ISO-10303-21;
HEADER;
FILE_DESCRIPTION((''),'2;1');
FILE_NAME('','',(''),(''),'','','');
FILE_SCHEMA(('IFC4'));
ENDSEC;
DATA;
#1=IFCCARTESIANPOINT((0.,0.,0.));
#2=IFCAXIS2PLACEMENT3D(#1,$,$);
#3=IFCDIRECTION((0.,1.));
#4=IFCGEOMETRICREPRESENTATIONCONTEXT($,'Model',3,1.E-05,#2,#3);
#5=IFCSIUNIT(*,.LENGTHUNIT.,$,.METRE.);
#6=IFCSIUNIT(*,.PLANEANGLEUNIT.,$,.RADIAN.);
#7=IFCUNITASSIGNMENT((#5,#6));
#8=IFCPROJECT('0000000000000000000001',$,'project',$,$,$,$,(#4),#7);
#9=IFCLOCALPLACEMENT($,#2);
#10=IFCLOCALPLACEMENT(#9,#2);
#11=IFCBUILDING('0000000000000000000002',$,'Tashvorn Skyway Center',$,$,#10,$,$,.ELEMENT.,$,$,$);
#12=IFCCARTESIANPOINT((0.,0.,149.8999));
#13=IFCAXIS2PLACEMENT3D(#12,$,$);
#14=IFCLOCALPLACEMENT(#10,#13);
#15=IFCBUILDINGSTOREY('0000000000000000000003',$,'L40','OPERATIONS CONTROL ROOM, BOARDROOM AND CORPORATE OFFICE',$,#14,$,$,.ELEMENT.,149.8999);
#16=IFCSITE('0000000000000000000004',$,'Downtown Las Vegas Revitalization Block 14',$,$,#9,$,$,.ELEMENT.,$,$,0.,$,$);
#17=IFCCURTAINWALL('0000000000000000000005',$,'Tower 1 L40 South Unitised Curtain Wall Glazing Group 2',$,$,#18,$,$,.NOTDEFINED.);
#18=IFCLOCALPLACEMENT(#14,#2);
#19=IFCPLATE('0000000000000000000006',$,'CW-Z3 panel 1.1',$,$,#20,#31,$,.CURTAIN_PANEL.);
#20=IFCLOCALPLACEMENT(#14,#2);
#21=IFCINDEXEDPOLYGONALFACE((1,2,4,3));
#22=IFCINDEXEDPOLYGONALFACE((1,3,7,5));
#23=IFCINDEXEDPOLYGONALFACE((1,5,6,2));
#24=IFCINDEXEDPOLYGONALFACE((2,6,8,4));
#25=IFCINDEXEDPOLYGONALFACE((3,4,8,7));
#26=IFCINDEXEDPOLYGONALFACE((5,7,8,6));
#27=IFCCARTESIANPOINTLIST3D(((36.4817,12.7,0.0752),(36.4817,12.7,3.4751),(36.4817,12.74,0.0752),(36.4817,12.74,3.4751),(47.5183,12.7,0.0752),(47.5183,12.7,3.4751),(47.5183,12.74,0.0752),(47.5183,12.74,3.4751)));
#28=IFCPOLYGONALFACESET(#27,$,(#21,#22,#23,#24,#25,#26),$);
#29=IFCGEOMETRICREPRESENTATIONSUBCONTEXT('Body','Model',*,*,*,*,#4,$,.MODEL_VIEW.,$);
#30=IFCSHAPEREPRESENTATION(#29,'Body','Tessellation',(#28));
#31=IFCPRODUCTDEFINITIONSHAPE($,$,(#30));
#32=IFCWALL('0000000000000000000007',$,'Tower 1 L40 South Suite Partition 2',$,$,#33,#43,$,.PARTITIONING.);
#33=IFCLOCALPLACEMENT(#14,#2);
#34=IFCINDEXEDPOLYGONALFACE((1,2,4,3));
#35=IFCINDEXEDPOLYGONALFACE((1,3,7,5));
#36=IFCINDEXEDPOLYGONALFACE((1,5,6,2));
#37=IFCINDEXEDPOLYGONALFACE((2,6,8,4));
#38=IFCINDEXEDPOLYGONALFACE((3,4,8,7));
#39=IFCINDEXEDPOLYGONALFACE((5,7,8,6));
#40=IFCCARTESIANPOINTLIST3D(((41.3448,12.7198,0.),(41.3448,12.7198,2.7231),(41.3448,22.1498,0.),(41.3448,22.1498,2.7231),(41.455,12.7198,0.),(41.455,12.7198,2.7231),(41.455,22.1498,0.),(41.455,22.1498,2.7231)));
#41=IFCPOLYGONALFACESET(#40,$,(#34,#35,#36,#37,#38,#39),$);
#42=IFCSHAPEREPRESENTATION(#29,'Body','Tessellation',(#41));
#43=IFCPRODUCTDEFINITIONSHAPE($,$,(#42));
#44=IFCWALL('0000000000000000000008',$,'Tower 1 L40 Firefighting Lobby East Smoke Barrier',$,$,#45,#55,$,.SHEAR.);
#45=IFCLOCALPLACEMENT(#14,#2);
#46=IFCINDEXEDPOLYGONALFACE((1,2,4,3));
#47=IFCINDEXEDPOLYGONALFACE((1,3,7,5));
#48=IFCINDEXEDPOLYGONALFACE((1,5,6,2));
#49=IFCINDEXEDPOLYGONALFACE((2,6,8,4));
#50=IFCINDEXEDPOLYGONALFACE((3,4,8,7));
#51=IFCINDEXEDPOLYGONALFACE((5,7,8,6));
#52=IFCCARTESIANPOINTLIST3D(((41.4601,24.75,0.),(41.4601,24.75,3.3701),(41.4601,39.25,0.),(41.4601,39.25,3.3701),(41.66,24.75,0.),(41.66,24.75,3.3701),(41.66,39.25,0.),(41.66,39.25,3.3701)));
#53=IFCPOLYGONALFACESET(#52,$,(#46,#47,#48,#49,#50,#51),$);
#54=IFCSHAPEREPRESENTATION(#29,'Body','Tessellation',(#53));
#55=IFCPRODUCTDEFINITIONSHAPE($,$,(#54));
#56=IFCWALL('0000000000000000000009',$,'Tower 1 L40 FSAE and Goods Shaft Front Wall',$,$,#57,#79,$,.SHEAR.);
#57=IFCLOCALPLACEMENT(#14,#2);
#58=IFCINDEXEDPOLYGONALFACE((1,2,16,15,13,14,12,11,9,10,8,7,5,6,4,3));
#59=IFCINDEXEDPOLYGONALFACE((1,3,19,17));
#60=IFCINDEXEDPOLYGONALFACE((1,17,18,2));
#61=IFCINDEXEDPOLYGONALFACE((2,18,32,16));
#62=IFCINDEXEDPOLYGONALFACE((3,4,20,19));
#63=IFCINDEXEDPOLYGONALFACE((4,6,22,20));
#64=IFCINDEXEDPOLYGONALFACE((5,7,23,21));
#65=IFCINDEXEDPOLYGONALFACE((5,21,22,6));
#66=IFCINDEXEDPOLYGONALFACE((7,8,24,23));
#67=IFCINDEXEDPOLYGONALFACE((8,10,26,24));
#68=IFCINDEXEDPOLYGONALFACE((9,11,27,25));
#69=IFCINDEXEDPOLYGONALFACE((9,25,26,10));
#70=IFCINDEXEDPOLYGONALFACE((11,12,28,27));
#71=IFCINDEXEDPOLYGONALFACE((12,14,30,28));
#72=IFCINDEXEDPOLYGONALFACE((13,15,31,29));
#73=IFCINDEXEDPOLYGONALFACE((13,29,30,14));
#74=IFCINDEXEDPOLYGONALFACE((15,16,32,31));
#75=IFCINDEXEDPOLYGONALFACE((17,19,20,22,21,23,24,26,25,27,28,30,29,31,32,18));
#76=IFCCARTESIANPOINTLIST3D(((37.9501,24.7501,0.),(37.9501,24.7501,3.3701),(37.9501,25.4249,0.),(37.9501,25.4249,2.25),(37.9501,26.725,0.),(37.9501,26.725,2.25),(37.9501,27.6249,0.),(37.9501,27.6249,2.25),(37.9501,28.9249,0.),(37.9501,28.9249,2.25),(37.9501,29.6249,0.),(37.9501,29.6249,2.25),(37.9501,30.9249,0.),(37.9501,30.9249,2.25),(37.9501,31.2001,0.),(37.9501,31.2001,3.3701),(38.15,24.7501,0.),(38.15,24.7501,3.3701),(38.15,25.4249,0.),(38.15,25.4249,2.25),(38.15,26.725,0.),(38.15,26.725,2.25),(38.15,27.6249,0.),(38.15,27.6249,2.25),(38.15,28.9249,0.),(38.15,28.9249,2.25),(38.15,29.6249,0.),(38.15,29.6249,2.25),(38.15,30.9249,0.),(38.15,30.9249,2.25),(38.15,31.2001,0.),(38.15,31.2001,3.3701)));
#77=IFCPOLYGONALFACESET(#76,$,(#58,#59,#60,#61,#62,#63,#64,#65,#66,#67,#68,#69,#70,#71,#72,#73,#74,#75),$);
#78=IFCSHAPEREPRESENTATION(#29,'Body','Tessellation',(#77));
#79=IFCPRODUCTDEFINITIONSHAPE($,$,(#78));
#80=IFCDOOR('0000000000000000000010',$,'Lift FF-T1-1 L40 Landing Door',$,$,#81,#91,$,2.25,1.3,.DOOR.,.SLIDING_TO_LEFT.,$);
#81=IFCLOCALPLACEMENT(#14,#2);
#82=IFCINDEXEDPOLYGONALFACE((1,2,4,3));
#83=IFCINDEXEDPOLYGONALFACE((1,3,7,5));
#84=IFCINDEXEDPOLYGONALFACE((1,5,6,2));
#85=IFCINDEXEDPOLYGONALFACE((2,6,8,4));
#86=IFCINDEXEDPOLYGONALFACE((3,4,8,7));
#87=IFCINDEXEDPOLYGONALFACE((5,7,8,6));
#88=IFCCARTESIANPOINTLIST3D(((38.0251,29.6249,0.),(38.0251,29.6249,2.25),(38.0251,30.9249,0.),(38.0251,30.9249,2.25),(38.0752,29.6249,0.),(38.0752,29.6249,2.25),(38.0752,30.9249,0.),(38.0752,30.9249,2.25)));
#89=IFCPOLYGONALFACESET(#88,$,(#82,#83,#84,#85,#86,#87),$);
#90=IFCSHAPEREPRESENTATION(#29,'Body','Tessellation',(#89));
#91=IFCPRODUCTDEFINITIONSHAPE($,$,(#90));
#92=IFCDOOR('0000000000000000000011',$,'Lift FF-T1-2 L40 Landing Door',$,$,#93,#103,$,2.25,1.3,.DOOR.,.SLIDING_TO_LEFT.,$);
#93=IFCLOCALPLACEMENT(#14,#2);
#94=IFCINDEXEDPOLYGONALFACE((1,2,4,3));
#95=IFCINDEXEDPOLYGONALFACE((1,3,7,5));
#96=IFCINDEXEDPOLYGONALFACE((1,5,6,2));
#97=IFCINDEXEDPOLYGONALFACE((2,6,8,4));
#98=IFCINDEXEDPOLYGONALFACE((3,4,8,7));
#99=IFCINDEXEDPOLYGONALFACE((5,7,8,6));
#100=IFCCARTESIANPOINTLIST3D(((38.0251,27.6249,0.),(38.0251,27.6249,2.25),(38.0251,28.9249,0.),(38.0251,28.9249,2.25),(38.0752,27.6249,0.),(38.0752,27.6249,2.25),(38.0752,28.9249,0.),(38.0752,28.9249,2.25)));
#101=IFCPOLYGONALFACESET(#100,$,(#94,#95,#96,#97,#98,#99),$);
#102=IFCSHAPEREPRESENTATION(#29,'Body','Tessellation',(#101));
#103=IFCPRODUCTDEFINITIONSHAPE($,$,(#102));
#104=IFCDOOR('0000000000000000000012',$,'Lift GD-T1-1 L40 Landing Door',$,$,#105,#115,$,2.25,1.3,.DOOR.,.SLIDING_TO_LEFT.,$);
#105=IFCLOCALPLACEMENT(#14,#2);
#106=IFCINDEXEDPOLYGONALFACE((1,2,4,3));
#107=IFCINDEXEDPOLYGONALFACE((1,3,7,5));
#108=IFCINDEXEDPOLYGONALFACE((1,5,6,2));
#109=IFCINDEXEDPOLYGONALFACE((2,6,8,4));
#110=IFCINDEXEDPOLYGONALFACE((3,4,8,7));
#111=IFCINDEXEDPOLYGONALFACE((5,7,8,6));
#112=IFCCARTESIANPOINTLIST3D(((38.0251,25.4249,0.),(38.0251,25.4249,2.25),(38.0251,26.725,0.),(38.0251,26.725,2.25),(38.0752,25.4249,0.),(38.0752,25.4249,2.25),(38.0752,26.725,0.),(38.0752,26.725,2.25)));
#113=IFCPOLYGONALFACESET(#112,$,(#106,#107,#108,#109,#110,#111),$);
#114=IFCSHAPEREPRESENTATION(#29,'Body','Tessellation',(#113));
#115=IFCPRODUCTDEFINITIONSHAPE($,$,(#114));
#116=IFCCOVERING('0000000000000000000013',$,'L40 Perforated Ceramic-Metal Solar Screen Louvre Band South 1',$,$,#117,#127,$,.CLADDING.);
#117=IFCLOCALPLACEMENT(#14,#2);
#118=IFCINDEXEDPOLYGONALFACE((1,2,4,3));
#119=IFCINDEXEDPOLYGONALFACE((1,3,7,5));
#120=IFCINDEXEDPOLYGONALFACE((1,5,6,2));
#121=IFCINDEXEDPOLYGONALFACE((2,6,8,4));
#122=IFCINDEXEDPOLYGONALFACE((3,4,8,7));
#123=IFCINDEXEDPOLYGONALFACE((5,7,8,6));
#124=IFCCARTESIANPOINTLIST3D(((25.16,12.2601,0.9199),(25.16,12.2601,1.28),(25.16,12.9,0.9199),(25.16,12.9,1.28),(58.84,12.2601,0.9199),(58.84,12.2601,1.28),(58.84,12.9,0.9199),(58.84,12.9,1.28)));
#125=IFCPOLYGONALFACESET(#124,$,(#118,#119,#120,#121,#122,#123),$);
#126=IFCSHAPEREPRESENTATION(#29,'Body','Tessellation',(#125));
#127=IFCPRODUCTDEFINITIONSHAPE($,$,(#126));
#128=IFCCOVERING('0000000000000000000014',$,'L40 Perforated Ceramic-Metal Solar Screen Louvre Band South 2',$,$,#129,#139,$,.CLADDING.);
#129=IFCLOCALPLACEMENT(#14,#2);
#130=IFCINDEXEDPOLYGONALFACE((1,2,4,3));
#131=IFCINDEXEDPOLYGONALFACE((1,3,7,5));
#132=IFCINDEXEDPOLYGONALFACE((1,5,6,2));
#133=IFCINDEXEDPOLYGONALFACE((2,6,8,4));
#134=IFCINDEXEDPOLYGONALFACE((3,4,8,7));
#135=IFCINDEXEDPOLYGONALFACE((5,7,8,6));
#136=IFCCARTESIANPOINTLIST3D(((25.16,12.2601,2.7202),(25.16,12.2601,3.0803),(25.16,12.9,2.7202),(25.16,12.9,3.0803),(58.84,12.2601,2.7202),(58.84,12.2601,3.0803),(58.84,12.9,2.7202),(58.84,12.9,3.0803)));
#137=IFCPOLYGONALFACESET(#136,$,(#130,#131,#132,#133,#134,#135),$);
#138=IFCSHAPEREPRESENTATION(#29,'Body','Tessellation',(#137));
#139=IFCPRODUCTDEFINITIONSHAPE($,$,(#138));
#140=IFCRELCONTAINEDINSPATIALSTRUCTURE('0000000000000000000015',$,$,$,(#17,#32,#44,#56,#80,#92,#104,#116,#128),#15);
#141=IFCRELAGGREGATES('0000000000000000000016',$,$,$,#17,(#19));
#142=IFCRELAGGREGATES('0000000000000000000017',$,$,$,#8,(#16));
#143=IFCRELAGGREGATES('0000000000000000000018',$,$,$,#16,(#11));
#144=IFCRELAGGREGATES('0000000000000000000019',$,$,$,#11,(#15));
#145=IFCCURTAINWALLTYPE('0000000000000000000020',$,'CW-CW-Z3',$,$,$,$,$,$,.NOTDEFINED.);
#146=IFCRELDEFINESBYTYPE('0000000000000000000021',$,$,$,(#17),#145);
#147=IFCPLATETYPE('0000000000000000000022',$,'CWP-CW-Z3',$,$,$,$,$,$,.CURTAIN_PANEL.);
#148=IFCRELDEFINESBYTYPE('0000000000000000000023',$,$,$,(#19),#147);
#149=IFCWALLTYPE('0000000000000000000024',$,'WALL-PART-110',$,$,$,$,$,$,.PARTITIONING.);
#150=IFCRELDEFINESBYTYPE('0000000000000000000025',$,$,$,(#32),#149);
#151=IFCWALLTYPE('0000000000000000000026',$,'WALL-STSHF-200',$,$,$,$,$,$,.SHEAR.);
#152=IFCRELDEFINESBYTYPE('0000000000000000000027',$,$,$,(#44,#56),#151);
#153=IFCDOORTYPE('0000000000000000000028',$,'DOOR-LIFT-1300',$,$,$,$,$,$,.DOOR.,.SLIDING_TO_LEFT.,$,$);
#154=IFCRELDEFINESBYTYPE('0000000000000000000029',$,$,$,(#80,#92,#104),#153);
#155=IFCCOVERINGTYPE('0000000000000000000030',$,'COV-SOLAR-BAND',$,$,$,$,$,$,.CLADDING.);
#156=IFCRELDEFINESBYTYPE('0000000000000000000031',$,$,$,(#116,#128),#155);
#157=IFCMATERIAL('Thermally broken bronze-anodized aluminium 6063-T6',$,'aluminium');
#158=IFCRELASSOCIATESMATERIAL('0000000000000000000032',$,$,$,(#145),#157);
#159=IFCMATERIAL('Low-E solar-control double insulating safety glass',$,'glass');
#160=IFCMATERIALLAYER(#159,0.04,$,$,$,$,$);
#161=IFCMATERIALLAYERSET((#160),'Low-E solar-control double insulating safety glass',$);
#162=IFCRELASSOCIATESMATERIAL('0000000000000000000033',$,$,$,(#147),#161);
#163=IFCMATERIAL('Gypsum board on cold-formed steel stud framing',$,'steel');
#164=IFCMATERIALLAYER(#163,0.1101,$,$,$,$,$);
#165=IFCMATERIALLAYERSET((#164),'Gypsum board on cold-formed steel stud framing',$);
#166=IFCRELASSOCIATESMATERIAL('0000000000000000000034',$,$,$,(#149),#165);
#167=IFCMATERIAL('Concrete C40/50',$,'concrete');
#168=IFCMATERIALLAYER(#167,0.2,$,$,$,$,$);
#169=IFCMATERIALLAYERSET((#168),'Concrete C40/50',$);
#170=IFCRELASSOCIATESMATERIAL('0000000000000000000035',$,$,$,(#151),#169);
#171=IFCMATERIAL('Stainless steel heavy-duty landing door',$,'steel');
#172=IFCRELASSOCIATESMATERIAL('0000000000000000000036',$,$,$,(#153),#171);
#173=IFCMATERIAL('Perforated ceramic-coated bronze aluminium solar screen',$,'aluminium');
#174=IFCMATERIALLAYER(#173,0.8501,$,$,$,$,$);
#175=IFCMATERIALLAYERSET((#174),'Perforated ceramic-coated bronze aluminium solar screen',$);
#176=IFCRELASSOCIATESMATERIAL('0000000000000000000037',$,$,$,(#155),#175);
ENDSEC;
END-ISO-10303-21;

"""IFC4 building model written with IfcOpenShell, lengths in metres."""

from ifc_helpers import new_model, si_unit, direction, frame, frame_2d, origin, origin_2d, place, context, subcontext, project, spatial, rectangle, extrude, material, layer, layer_set, type_object, element, fill, aggregate, save


model = new_model("IFC4")

# Units and contexts
model_context = context("Model", 3, precision=1e-05, world=origin(), true_north=direction((0.0, 1.0)))
body_context = subcontext(model_context, "Body", "Model", "MODEL_VIEW")
ifc_project = project(units=[si_unit("LENGTHUNIT", "METRE"), si_unit("PLANEANGLEUNIT", "RADIAN")], contexts=[model_context])

# Site, building, storey
site_placement = place(None, origin())
site = spatial("IfcSite", under=ifc_project, at=site_placement, Name="Downtown Las Vegas Revitalization Block 14", CompositionType="ELEMENT", RefElevation=0.0)
building_placement = place(site_placement, origin())
building = spatial("IfcBuilding", under=site, at=building_placement, Name="Tashvorn Skyway Center", CompositionType="ELEMENT")
storey_placement = place(building_placement, frame((0.0, 0.0, 149.8999)))
storey = spatial("IfcBuildingStorey", under=building, at=storey_placement, Name="L40", Description="OPERATIONS CONTROL ROOM, BOARDROOM AND CORPORATE OFFICE", CompositionType="ELEMENT", Elevation=149.8999)

# Curtain wall, plate
ifc_material_1 = material(Name="Thermally broken bronze-anodized aluminium 6063-T6", Category="aluminium")
curtain_wall_type = type_object("IfcCurtainWallType", Name="CW-CW-Z3", PredefinedType="NOTDEFINED", material=ifc_material_1)
curtain_wall_placement = place(storey_placement, origin())
curtain_wall = element("IfcCurtainWall", 1, at=curtain_wall_placement, inside=storey, type_object=curtain_wall_type, Name="Tower 1 L40 South Unitised Curtain Wall Glazing Group 2", PredefinedType="NOTDEFINED")
ifc_material_2 = material(Name="Low-E solar-control double insulating safety glass", Category="glass")
ifc_layer_1 = layer(ifc_material_2, 0.04)
ifc_layer_set_1 = layer_set([ifc_layer_1], Name="Low-E solar-control double insulating safety glass")
plate_type = type_object("IfcPlateType", Name="CWP-CW-Z3", PredefinedType="CURTAIN_PANEL", material=ifc_layer_set_1)
plate_placement = place(storey_placement, frame((42.0, 12.72, 0.0752), z_axis=(0.0, 0.0, 1.0), x_axis=(-1.0, 0.0, 0.0)))
plate = element("IfcPlate", 2, at=plate_placement, type_object=plate_type, Name="CW-Z3 panel 1.1", PredefinedType="CURTAIN_PANEL", context=body_context, shape_type="SweptSolid", body=[
    extrude(rectangle(XDim=11.0366, YDim=0.04, at=origin_2d()), origin(), (0.0, 0.0, 1.0), 3.3999),
])
aggregate(curtain_wall, [plate])

# Walls
ifc_material_3 = material(Name="Gypsum board on cold-formed steel stud framing", Category="steel")
ifc_layer_2 = layer(ifc_material_3, 0.1101)
ifc_layer_set_2 = layer_set([ifc_layer_2], Name="Gypsum board on cold-formed steel stud framing")
wall_type_1 = type_object("IfcWallType", Name="WALL-PART-110", PredefinedType="PARTITIONING", material=ifc_layer_set_2)
wall_1_placement = place(storey_placement, frame((41.3999, 12.72, 0.0), z_axis=(0.0, 0.0, 1.0), x_axis=(0.0, 1.0, 0.0)))
element("IfcWall", 3, at=wall_1_placement, inside=storey, type_object=wall_type_1, Name="Tower 1 L40 South Suite Partition 2", PredefinedType="PARTITIONING", context=body_context, shape_type="SweptSolid", body=[
    extrude(rectangle(XDim=9.4299, YDim=0.1101, at=frame_2d((4.7148, 0.0))), origin(), (0.0, 0.0, 1.0), 2.7231),
])
ifc_material_4 = material(Name="Concrete C40/50", Category="concrete")
ifc_layer_3 = layer(ifc_material_4, 0.2)
ifc_layer_set_3 = layer_set([ifc_layer_3], Name="Concrete C40/50")
wall_type_2 = type_object("IfcWallType", Name="WALL-STSHF-200", PredefinedType="SHEAR", material=ifc_layer_set_3)
wall_2_placement = place(storey_placement, frame((41.5601, 24.75, 0.0), z_axis=(0.0, 0.0, 1.0), x_axis=(0.0, 1.0, 0.0)))
element("IfcWall", 4, at=wall_2_placement, inside=storey, type_object=wall_type_2, Name="Tower 1 L40 Firefighting Lobby East Smoke Barrier", PredefinedType="SHEAR", context=body_context, shape_type="SweptSolid", body=[
    extrude(rectangle(XDim=14.5, YDim=0.2, at=frame_2d((7.25, 0.0))), origin(), (0.0, 0.0, 1.0), 3.3701),
])

# Wall, openings, doors
wall_3_placement = place(storey_placement, frame((38.05, 24.75, 0.0), z_axis=(0.0, 0.0, 1.0), x_axis=(0.0, 1.0, 0.0)))
wall_3 = element("IfcWall", 5, at=wall_3_placement, inside=storey, type_object=wall_type_2, Name="Tower 1 L40 FSAE and Goods Shaft Front Wall", PredefinedType="SHEAR", context=body_context, shape_type="SweptSolid", body=[
    extrude(rectangle(XDim=6.45, YDim=0.2, at=frame_2d((3.2251, 0.0))), origin(), (0.0, 0.0, 1.0), 3.3701),
])
opening_1_placement = place(wall_3_placement, frame((4.875, 0.0, 0.0)))
opening_1 = element("IfcOpeningElement", 6, at=opening_1_placement, cuts=wall_3, PredefinedType="OPENING", context=body_context, shape_type="SweptSolid", body=[
    extrude(rectangle(XDim=1.3, YDim=2.25, at=frame_2d((0.6499, 1.125))), frame((0.0, 0.1099, 0.0), z_axis=(0.0, -1.0, 0.0), x_axis=(1.0, 0.0, 0.0)), (0.0, 0.0, 1.0), 0.22),
])
opening_2_placement = place(wall_3_placement, frame((2.875, 0.0, 0.0)))
opening_2 = element("IfcOpeningElement", 7, at=opening_2_placement, cuts=wall_3, PredefinedType="OPENING", context=body_context, shape_type="SweptSolid", body=[
    extrude(rectangle(XDim=1.3, YDim=2.25, at=frame_2d((0.6499, 1.125))), frame((0.0, 0.1099, 0.0), z_axis=(0.0, -1.0, 0.0), x_axis=(1.0, 0.0, 0.0)), (0.0, 0.0, 1.0), 0.22),
])
opening_3_placement = place(wall_3_placement, frame((0.675, 0.0, 0.0)))
opening_3 = element("IfcOpeningElement", 8, at=opening_3_placement, cuts=wall_3, PredefinedType="OPENING", context=body_context, shape_type="SweptSolid", body=[
    extrude(rectangle(XDim=1.3, YDim=2.25, at=frame_2d((0.6499, 1.125))), frame((0.0, 0.1099, 0.0), z_axis=(0.0, -1.0, 0.0), x_axis=(1.0, 0.0, 0.0)), (0.0, 0.0, 1.0), 0.22),
])
ifc_material_5 = material(Name="Stainless steel heavy-duty landing door", Category="steel")
door_type = type_object("IfcDoorType", Name="DOOR-LIFT-1300", OperationType="SLIDING_TO_LEFT", PredefinedType="DOOR", material=ifc_material_5)
door_1_placement = place(opening_1_placement, origin())
door_1 = element("IfcDoor", 9, at=door_1_placement, inside=storey, type_object=door_type, Name="Lift FF-T1-1 L40 Landing Door", OperationType="SLIDING_TO_LEFT", OverallHeight=2.25, OverallWidth=1.3, PredefinedType="DOOR", context=body_context, shape_type="SweptSolid", body=[
    extrude(rectangle(XDim=1.3, YDim=2.25, at=frame_2d((0.6499, 1.125))), frame((0.0, 0.0249, 0.0), z_axis=(0.0, -1.0, 0.0), x_axis=(1.0, 0.0, 0.0)), (0.0, 0.0, 1.0), 0.05),
])
fill(opening_1, door_1)
door_2_placement = place(opening_2_placement, origin())
door_2 = element("IfcDoor", 10, at=door_2_placement, inside=storey, type_object=door_type, Name="Lift FF-T1-2 L40 Landing Door", OperationType="SLIDING_TO_LEFT", OverallHeight=2.25, OverallWidth=1.3, PredefinedType="DOOR", context=body_context, shape_type="SweptSolid", body=[
    extrude(rectangle(XDim=1.3, YDim=2.25, at=frame_2d((0.6499, 1.125))), frame((0.0, 0.0249, 0.0), z_axis=(0.0, -1.0, 0.0), x_axis=(1.0, 0.0, 0.0)), (0.0, 0.0, 1.0), 0.05),
])
fill(opening_2, door_2)
door_3_placement = place(opening_3_placement, origin())
door_3 = element("IfcDoor", 11, at=door_3_placement, inside=storey, type_object=door_type, Name="Lift GD-T1-1 L40 Landing Door", OperationType="SLIDING_TO_LEFT", OverallHeight=2.25, OverallWidth=1.3, PredefinedType="DOOR", context=body_context, shape_type="SweptSolid", body=[
    extrude(rectangle(XDim=1.3, YDim=2.25, at=frame_2d((0.6499, 1.125))), frame((0.0, 0.0249, 0.0), z_axis=(0.0, -1.0, 0.0), x_axis=(1.0, 0.0, 0.0)), (0.0, 0.0, 1.0), 0.05),
])
fill(opening_3, door_3)

# Coverings
ifc_material_6 = material(Name="Perforated ceramic-coated bronze aluminium solar screen", Category="aluminium")
ifc_layer_4 = layer(ifc_material_6, 0.8501)
ifc_layer_set_4 = layer_set([ifc_layer_4], Name="Perforated ceramic-coated bronze aluminium solar screen")
covering_type = type_object("IfcCoveringType", Name="COV-SOLAR-BAND", PredefinedType="CLADDING", material=ifc_layer_set_4)
for number, where, z_axis, x_axis, name in (
    (12, (42.0, 12.5801, 0.9199), (0.0, 0.0, 1.0), (-1.0, 0.0, 0.0), "L40 Perforated Ceramic-Metal Solar Screen Louvre Band South 1"),
    (13, (42.0, 12.5801, 2.7202), (0.0, 0.0, 1.0), (-1.0, 0.0, 0.0), "L40 Perforated Ceramic-Metal Solar Screen Louvre Band South 2"),
):
    element("IfcCovering", number, at=place(storey_placement, frame(where, z_axis=z_axis, x_axis=x_axis)), inside=storey, type_object=covering_type, Name=name, PredefinedType="CLADDING", context=body_context, shape_type="SweptSolid", body=[
        extrude(rectangle(XDim=33.6799, YDim=0.6399, at=origin_2d()), origin(), (0.0, 0.0, 1.0), 0.3601),
    ])

save(model, "model.ifc")
